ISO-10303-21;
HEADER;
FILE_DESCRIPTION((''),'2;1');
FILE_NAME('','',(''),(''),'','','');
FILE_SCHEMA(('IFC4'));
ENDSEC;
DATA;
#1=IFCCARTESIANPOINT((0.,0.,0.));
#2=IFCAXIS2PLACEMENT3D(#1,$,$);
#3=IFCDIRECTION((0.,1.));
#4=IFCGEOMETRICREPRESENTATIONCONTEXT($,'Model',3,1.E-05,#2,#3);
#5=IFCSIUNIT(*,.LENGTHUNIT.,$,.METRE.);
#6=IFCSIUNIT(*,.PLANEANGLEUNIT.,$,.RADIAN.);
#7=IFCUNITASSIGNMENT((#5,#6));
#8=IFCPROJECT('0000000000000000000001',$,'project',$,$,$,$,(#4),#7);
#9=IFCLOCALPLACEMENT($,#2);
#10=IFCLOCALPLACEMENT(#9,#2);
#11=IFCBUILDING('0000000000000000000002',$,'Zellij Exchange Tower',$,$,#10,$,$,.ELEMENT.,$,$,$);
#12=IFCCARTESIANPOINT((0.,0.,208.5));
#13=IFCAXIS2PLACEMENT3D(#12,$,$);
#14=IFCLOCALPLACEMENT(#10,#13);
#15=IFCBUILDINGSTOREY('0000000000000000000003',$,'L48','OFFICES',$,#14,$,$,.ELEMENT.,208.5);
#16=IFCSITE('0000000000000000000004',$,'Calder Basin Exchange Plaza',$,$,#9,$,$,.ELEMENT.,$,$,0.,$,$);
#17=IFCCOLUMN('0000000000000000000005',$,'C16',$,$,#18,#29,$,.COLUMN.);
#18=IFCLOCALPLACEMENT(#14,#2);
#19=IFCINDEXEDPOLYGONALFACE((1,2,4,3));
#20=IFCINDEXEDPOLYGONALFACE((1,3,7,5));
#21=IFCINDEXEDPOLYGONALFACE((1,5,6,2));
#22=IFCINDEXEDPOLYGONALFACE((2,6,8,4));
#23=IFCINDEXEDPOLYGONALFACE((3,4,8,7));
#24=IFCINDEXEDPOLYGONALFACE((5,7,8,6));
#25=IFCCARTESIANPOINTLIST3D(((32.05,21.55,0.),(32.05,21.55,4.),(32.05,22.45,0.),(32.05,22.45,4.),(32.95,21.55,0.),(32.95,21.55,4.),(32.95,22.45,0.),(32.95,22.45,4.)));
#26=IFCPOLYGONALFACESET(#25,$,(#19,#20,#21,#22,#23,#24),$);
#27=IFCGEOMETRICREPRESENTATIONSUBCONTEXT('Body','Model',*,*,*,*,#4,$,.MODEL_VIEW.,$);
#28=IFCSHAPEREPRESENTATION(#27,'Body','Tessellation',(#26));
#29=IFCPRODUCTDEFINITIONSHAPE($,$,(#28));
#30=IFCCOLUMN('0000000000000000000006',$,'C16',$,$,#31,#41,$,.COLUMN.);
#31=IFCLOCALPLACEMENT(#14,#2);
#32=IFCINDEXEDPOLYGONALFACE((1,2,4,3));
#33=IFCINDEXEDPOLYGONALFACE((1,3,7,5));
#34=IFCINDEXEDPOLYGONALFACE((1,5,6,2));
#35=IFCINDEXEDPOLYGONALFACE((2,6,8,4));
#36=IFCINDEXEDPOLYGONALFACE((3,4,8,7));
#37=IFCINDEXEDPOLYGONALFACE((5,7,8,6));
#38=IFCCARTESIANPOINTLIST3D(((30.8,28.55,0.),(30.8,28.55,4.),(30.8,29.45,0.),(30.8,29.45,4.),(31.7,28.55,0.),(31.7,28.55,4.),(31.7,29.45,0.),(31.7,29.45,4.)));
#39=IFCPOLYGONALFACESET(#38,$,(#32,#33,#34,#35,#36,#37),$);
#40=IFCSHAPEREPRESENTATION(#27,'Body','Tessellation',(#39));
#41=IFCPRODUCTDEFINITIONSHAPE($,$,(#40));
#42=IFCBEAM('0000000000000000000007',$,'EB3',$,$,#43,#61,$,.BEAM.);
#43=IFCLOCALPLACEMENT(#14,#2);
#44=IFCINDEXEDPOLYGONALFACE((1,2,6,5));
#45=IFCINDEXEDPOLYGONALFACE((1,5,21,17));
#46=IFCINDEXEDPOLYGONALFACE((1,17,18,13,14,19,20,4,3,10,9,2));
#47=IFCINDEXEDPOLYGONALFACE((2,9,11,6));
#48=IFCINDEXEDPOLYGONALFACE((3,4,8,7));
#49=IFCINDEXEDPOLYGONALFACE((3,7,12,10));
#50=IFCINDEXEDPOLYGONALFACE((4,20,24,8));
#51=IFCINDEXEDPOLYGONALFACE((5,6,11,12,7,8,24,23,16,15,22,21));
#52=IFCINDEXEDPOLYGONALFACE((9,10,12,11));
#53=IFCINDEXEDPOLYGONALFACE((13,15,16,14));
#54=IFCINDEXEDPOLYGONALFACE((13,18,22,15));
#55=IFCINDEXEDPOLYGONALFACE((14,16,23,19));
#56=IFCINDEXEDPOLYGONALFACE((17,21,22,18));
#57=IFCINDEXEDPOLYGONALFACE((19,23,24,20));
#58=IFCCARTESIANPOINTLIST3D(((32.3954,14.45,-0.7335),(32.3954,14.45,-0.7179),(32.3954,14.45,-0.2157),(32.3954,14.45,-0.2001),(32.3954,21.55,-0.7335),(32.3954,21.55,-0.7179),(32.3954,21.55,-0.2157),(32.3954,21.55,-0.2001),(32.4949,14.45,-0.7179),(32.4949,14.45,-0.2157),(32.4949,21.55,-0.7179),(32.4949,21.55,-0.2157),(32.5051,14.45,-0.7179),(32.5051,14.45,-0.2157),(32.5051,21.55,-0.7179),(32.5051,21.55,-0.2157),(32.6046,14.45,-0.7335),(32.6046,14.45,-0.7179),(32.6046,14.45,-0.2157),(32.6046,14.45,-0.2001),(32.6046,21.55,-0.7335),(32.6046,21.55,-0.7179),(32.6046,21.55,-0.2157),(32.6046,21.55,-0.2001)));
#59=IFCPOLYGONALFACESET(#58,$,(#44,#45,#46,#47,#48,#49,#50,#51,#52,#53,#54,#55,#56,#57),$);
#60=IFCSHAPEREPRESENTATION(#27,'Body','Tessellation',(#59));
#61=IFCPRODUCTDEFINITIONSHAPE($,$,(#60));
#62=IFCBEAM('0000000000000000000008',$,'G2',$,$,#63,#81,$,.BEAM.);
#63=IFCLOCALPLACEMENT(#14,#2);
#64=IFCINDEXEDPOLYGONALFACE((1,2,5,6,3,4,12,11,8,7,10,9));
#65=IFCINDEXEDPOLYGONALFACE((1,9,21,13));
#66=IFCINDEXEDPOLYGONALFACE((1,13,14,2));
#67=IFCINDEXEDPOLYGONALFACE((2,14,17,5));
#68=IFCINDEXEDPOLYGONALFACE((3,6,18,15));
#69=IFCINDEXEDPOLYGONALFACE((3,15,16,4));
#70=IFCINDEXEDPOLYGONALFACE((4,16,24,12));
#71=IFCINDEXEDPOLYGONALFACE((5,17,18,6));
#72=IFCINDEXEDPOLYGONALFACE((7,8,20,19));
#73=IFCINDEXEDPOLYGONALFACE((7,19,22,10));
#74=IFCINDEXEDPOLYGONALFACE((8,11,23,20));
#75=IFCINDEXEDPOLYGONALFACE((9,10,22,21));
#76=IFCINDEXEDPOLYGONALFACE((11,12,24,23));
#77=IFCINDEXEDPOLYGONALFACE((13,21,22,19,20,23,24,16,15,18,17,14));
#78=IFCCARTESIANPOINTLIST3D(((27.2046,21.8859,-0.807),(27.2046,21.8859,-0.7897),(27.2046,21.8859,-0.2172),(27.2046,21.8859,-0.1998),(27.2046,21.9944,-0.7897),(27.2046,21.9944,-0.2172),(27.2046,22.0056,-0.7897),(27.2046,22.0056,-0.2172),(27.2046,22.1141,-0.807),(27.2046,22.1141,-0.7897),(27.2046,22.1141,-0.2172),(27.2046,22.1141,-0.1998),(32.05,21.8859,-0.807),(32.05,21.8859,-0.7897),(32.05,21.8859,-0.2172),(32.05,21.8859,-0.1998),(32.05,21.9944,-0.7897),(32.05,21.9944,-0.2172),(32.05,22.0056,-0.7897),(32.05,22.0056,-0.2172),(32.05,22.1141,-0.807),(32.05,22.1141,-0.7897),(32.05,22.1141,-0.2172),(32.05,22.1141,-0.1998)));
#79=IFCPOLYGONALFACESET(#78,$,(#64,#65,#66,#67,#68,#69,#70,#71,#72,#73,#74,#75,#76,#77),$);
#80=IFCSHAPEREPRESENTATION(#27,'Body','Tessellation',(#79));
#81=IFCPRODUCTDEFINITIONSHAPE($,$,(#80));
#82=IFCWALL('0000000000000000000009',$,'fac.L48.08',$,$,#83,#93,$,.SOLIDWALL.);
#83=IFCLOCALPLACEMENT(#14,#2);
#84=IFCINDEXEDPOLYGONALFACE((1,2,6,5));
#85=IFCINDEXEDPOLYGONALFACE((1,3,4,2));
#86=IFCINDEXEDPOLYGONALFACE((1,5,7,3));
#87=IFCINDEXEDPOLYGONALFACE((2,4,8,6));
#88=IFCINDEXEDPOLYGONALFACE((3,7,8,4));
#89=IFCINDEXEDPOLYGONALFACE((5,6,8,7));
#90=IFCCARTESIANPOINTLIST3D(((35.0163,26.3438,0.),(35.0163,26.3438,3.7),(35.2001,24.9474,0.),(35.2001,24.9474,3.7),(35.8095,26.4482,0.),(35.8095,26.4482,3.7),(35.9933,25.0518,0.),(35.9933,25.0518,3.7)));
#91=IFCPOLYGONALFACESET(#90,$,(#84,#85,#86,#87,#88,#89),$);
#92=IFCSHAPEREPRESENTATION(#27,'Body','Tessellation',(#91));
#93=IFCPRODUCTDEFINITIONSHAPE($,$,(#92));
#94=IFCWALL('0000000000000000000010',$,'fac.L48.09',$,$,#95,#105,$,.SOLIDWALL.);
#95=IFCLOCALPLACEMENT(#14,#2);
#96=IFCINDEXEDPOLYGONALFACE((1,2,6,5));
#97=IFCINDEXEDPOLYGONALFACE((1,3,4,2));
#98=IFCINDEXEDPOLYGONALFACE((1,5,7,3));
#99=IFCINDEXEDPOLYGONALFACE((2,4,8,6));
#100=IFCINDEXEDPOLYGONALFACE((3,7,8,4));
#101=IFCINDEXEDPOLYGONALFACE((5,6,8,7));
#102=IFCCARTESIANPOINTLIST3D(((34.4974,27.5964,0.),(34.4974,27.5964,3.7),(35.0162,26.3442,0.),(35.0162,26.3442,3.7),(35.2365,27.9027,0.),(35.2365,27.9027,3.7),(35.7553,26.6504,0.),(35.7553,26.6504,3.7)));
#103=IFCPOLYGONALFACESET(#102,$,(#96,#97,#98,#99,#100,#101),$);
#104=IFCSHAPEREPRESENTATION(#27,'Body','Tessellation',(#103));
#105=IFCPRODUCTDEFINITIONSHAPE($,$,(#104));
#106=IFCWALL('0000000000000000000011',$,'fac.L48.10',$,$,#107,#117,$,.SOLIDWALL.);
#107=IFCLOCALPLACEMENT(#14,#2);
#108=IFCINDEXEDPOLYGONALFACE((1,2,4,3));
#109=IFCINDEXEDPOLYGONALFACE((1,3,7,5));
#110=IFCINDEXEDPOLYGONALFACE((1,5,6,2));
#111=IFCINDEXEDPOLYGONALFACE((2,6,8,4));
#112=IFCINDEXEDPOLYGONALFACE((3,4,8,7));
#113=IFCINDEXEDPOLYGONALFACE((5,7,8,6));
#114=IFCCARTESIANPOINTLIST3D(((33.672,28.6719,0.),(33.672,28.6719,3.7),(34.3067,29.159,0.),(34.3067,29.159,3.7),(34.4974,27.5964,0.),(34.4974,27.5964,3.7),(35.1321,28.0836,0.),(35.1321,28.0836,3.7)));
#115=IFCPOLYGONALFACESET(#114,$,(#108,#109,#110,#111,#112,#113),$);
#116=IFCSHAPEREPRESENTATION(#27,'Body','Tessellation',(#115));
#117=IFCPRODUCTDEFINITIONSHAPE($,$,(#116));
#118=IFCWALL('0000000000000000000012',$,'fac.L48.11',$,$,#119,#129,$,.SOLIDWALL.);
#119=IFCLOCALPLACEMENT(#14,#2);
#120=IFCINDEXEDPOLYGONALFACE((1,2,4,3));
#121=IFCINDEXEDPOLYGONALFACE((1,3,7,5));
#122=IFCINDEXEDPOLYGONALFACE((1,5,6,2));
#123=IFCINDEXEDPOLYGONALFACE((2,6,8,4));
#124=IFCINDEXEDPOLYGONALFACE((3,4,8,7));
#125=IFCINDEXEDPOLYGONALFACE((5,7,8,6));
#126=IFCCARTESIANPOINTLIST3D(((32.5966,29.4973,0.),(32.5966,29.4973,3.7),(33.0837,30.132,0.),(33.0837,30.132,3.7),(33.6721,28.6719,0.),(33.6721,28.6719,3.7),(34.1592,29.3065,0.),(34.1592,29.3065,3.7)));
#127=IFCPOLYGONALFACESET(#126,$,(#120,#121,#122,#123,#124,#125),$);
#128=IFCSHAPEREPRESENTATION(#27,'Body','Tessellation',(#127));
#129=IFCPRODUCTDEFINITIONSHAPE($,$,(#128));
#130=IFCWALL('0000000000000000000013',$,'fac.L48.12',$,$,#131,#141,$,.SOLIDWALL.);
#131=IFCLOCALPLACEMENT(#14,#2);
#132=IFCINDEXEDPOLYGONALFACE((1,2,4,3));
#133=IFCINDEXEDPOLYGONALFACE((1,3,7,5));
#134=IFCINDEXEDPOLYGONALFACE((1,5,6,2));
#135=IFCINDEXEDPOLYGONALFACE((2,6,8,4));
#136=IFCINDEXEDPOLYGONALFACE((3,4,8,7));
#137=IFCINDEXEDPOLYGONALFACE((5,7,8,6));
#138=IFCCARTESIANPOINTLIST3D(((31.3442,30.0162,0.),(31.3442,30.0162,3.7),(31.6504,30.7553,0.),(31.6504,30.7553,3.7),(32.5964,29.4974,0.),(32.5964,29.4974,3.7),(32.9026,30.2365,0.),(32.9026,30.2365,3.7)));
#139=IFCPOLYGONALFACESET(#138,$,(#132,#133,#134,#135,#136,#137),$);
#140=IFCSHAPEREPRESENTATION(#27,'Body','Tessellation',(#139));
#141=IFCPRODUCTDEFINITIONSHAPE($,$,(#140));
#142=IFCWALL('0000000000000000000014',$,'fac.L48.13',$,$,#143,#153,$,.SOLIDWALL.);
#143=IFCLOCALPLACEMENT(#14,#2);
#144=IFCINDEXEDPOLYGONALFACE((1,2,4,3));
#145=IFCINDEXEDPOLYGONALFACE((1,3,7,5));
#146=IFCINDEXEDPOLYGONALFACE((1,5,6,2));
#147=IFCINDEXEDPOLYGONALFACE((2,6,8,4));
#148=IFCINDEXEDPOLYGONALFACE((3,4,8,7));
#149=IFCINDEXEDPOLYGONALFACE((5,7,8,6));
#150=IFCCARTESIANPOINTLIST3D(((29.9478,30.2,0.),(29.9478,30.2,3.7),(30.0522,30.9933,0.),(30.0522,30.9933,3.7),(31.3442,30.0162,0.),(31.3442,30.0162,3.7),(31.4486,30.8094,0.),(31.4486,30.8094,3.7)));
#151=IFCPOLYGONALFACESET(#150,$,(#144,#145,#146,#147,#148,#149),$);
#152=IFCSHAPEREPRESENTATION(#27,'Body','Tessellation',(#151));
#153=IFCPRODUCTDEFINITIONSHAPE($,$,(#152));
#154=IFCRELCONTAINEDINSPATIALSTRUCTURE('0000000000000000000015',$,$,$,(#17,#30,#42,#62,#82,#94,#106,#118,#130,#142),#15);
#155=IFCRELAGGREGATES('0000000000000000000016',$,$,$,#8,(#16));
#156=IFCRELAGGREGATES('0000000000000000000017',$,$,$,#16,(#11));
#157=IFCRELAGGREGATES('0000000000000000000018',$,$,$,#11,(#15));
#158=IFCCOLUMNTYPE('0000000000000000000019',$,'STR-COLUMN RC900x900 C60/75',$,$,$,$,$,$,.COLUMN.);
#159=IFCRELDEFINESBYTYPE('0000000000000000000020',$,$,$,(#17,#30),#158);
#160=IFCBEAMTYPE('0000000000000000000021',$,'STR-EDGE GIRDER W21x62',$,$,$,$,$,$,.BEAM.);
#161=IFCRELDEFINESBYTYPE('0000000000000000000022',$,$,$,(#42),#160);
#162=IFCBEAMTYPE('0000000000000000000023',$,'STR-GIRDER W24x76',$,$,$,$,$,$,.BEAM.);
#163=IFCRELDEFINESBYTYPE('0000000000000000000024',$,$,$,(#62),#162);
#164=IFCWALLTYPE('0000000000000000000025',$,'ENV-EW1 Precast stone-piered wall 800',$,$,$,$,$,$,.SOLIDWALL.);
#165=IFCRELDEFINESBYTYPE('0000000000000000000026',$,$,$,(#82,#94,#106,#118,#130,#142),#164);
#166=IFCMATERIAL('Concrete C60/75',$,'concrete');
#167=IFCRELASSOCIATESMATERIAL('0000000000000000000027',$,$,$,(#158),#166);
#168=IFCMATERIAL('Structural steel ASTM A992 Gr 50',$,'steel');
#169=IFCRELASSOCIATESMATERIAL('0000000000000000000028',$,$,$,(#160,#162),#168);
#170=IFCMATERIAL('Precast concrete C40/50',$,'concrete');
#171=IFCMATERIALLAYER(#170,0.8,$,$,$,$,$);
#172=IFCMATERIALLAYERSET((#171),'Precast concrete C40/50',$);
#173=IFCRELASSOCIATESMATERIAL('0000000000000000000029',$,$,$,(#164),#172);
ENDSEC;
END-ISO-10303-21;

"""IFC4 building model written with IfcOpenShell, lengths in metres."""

from ifc_helpers import new_model, si_unit, direction, frame, frame_2d, origin, origin_2d, place, context, subcontext, project, spatial, rectangle, i_section, extrude, material, layer, layer_set, material_profile, profile_set, type_object, element, save


model = new_model("IFC4")

# Units and contexts
model_context = context("Model", 3, precision=1e-05, world=origin(), true_north=direction((0.0, 1.0)))
body_context = subcontext(model_context, "Body", "Model", "MODEL_VIEW")
ifc_project = project(units=[si_unit("LENGTHUNIT", "METRE"), si_unit("PLANEANGLEUNIT", "RADIAN")], contexts=[model_context])

# Site, building, storey
site_placement = place(None, origin())
site = spatial("IfcSite", under=ifc_project, at=site_placement, Name="Calder Basin Exchange Plaza", CompositionType="ELEMENT", RefElevation=0.0)
building_placement = place(site_placement, origin())
building = spatial("IfcBuilding", under=site, at=building_placement, Name="Zellij Exchange Tower", CompositionType="ELEMENT")
storey_placement = place(building_placement, frame((0.0, 0.0, 208.5)))
storey = spatial("IfcBuildingStorey", under=building, at=storey_placement, Name="L48", Description="OFFICES", CompositionType="ELEMENT", Elevation=208.5)

# Columns
ifc_material_1 = material(Name="Concrete C60/75", Category="concrete")
ifc_material_profile_1 = material_profile(ifc_material_1, rectangle(XDim=0.8999, YDim=0.8999, at=origin_2d()), Name="STR-COLUMN RC900x900 C60/75")
ifc_profile_set_1 = profile_set([ifc_material_profile_1], Name="Concrete C60/75")
column_type = type_object("IfcColumnType", Name="STR-COLUMN RC900x900 C60/75", PredefinedType="COLUMN", material=ifc_profile_set_1)
for number, where, z_axis, x_axis, name in (
    (1, (32.5, 22.0, 0.0), (0.0, 0.0, 1.0), (1.0, 0.0, 0.0), "C16"),
    (2, (31.25, 29.0, 0.0), (0.0, 0.0, 1.0), (1.0, 0.0, 0.0), "C16"),
):
    element("IfcColumn", number, at=place(storey_placement, frame(where, z_axis=z_axis, x_axis=x_axis)), inside=storey, type_object=column_type, Name=name, PredefinedType="COLUMN", context=body_context, shape_type="SweptSolid", body=[
        extrude(rectangle(XDim=0.8999, YDim=0.8999, at=origin_2d()), origin(), (0.0, 0.0, 1.0), 4.0),
    ])

# Beams
ifc_material_2 = material(Name="Structural steel ASTM A992 Gr 50", Category="steel")
ifc_material_profile_2 = material_profile(ifc_material_2, i_section(OverallWidth=0.2092, OverallDepth=0.5334, WebThickness=0.0103, FlangeThickness=0.0156, at=origin_2d()), Name="W21x62")
ifc_profile_set_2 = profile_set([ifc_material_profile_2], Name="Structural steel ASTM A992 Gr 50")
beam_type_1 = type_object("IfcBeamType", Name="STR-EDGE GIRDER W21x62", PredefinedType="BEAM", material=ifc_profile_set_2)
beam_1_placement = place(storey_placement, frame((32.5, 14.45, -0.4668), z_axis=(0.0, 1.0, 0.0), x_axis=(-1.0, 0.0, 0.0)))
element("IfcBeam", 3, at=beam_1_placement, inside=storey, type_object=beam_type_1, Name="EB3", PredefinedType="BEAM", context=body_context, shape_type="SweptSolid", body=[
    extrude(i_section(OverallWidth=0.2092, OverallDepth=0.5334, WebThickness=0.0103, FlangeThickness=0.0156, at=origin_2d()), origin(), (0.0, 0.0, 1.0), 7.1001),
])
ifc_material_profile_3 = material_profile(ifc_material_2, i_section(OverallWidth=0.2283, OverallDepth=0.6072, WebThickness=0.0112, FlangeThickness=0.0173, at=origin_2d()), Name="W24x76")
ifc_profile_set_3 = profile_set([ifc_material_profile_3], Name="Structural steel ASTM A992 Gr 50")
beam_type_2 = type_object("IfcBeamType", Name="STR-GIRDER W24x76", PredefinedType="BEAM", material=ifc_profile_set_3)
beam_2_placement = place(storey_placement, frame((27.2046, 22.0, -0.5034), z_axis=(1.0, 0.0, 0.0), x_axis=(0.0, 1.0, 0.0)))
element("IfcBeam", 4, at=beam_2_placement, inside=storey, type_object=beam_type_2, Name="G2", PredefinedType="BEAM", context=body_context, shape_type="SweptSolid", body=[
    extrude(i_section(OverallWidth=0.2283, OverallDepth=0.6072, WebThickness=0.0112, FlangeThickness=0.0173, at=origin_2d()), origin(), (0.0, 0.0, 1.0), 4.8455),
])

# Walls
ifc_material_3 = material(Name="Precast concrete C40/50", Category="concrete")
ifc_layer = layer(ifc_material_3, 0.8)
ifc_layer_set = layer_set([ifc_layer], Name="Precast concrete C40/50")
wall_type = type_object("IfcWallType", Name="ENV-EW1 Precast stone-piered wall 800", PredefinedType="SOLIDWALL", material=ifc_layer_set)
wall_1_placement = place(storey_placement, frame((35.5967, 24.9998, 0.0), z_axis=(0.0, 0.0, 1.0), x_axis=(-0.130517, 0.991446, 0.0)))
element("IfcWall", 5, at=wall_1_placement, inside=storey, type_object=wall_type, Name="fac.L48.08", PredefinedType="SOLIDWALL", context=body_context, shape_type="SweptSolid", body=[
    extrude(rectangle(XDim=1.4084, YDim=0.8, at=frame_2d((0.7041, 0.0))), origin(), (0.0, 0.0, 1.0), 3.7),
])
wall_2_placement = place(storey_placement, frame((35.3857, 26.4973, 0.0), z_axis=(0.0, 0.0, 1.0), x_axis=(-0.38276, 0.923848, 0.0)))
element("IfcWall", 6, at=wall_2_placement, inside=storey, type_object=wall_type, Name="fac.L48.09", PredefinedType="SOLIDWALL", context=body_context, shape_type="SweptSolid", body=[
    extrude(rectangle(XDim=1.3555, YDim=0.8, at=frame_2d((0.6777, 0.0))), origin(), (0.0, 0.0, 1.0), 3.7),
])
for number, where, z_axis, x_axis, name in (
    (7, (34.8147, 27.8401, 0.0), (0.0, 0.0, 1.0), (-0.608866, 0.793273, 0.0), "fac.L48.10"),
    (8, (33.9155, 28.9893, 0.0), (0.0, 0.0, 1.0), (-0.793273, 0.608866, 0.0), "fac.L48.11"),
):
    element("IfcWall", number, at=place(storey_placement, frame(where, z_axis=z_axis, x_axis=x_axis)), inside=storey, type_object=wall_type, Name=name, PredefinedType="SOLIDWALL", context=body_context, shape_type="SweptSolid", body=[
        extrude(rectangle(XDim=1.3557, YDim=0.8, at=frame_2d((0.6777, 0.0))), origin(), (0.0, 0.0, 1.0), 3.7),
    ])
wall_3_placement = place(storey_placement, frame((32.7495, 29.8669, 0.0), z_axis=(0.0, 0.0, 1.0), x_axis=(-0.923848, 0.38276, 0.0)))
element("IfcWall", 9, at=wall_3_placement, inside=storey, type_object=wall_type, Name="fac.L48.12", PredefinedType="SOLIDWALL", context=body_context, shape_type="SweptSolid", body=[
    extrude(rectangle(XDim=1.3555, YDim=0.8, at=frame_2d((0.6777, 0.0))), origin(), (0.0, 0.0, 1.0), 3.7),
])
wall_4_placement = place(storey_placement, frame((31.3962, 30.4128, 0.0), z_axis=(0.0, 0.0, 1.0), x_axis=(-0.991446, 0.130517, 0.0)))
element("IfcWall", 10, at=wall_4_placement, inside=storey, type_object=wall_type, Name="fac.L48.13", PredefinedType="SOLIDWALL", context=body_context, shape_type="SweptSolid", body=[
    extrude(rectangle(XDim=1.4084, YDim=0.8, at=frame_2d((0.7041, 0.0))), origin(), (0.0, 0.0, 1.0), 3.7),
])

save(model, "model.ifc")
